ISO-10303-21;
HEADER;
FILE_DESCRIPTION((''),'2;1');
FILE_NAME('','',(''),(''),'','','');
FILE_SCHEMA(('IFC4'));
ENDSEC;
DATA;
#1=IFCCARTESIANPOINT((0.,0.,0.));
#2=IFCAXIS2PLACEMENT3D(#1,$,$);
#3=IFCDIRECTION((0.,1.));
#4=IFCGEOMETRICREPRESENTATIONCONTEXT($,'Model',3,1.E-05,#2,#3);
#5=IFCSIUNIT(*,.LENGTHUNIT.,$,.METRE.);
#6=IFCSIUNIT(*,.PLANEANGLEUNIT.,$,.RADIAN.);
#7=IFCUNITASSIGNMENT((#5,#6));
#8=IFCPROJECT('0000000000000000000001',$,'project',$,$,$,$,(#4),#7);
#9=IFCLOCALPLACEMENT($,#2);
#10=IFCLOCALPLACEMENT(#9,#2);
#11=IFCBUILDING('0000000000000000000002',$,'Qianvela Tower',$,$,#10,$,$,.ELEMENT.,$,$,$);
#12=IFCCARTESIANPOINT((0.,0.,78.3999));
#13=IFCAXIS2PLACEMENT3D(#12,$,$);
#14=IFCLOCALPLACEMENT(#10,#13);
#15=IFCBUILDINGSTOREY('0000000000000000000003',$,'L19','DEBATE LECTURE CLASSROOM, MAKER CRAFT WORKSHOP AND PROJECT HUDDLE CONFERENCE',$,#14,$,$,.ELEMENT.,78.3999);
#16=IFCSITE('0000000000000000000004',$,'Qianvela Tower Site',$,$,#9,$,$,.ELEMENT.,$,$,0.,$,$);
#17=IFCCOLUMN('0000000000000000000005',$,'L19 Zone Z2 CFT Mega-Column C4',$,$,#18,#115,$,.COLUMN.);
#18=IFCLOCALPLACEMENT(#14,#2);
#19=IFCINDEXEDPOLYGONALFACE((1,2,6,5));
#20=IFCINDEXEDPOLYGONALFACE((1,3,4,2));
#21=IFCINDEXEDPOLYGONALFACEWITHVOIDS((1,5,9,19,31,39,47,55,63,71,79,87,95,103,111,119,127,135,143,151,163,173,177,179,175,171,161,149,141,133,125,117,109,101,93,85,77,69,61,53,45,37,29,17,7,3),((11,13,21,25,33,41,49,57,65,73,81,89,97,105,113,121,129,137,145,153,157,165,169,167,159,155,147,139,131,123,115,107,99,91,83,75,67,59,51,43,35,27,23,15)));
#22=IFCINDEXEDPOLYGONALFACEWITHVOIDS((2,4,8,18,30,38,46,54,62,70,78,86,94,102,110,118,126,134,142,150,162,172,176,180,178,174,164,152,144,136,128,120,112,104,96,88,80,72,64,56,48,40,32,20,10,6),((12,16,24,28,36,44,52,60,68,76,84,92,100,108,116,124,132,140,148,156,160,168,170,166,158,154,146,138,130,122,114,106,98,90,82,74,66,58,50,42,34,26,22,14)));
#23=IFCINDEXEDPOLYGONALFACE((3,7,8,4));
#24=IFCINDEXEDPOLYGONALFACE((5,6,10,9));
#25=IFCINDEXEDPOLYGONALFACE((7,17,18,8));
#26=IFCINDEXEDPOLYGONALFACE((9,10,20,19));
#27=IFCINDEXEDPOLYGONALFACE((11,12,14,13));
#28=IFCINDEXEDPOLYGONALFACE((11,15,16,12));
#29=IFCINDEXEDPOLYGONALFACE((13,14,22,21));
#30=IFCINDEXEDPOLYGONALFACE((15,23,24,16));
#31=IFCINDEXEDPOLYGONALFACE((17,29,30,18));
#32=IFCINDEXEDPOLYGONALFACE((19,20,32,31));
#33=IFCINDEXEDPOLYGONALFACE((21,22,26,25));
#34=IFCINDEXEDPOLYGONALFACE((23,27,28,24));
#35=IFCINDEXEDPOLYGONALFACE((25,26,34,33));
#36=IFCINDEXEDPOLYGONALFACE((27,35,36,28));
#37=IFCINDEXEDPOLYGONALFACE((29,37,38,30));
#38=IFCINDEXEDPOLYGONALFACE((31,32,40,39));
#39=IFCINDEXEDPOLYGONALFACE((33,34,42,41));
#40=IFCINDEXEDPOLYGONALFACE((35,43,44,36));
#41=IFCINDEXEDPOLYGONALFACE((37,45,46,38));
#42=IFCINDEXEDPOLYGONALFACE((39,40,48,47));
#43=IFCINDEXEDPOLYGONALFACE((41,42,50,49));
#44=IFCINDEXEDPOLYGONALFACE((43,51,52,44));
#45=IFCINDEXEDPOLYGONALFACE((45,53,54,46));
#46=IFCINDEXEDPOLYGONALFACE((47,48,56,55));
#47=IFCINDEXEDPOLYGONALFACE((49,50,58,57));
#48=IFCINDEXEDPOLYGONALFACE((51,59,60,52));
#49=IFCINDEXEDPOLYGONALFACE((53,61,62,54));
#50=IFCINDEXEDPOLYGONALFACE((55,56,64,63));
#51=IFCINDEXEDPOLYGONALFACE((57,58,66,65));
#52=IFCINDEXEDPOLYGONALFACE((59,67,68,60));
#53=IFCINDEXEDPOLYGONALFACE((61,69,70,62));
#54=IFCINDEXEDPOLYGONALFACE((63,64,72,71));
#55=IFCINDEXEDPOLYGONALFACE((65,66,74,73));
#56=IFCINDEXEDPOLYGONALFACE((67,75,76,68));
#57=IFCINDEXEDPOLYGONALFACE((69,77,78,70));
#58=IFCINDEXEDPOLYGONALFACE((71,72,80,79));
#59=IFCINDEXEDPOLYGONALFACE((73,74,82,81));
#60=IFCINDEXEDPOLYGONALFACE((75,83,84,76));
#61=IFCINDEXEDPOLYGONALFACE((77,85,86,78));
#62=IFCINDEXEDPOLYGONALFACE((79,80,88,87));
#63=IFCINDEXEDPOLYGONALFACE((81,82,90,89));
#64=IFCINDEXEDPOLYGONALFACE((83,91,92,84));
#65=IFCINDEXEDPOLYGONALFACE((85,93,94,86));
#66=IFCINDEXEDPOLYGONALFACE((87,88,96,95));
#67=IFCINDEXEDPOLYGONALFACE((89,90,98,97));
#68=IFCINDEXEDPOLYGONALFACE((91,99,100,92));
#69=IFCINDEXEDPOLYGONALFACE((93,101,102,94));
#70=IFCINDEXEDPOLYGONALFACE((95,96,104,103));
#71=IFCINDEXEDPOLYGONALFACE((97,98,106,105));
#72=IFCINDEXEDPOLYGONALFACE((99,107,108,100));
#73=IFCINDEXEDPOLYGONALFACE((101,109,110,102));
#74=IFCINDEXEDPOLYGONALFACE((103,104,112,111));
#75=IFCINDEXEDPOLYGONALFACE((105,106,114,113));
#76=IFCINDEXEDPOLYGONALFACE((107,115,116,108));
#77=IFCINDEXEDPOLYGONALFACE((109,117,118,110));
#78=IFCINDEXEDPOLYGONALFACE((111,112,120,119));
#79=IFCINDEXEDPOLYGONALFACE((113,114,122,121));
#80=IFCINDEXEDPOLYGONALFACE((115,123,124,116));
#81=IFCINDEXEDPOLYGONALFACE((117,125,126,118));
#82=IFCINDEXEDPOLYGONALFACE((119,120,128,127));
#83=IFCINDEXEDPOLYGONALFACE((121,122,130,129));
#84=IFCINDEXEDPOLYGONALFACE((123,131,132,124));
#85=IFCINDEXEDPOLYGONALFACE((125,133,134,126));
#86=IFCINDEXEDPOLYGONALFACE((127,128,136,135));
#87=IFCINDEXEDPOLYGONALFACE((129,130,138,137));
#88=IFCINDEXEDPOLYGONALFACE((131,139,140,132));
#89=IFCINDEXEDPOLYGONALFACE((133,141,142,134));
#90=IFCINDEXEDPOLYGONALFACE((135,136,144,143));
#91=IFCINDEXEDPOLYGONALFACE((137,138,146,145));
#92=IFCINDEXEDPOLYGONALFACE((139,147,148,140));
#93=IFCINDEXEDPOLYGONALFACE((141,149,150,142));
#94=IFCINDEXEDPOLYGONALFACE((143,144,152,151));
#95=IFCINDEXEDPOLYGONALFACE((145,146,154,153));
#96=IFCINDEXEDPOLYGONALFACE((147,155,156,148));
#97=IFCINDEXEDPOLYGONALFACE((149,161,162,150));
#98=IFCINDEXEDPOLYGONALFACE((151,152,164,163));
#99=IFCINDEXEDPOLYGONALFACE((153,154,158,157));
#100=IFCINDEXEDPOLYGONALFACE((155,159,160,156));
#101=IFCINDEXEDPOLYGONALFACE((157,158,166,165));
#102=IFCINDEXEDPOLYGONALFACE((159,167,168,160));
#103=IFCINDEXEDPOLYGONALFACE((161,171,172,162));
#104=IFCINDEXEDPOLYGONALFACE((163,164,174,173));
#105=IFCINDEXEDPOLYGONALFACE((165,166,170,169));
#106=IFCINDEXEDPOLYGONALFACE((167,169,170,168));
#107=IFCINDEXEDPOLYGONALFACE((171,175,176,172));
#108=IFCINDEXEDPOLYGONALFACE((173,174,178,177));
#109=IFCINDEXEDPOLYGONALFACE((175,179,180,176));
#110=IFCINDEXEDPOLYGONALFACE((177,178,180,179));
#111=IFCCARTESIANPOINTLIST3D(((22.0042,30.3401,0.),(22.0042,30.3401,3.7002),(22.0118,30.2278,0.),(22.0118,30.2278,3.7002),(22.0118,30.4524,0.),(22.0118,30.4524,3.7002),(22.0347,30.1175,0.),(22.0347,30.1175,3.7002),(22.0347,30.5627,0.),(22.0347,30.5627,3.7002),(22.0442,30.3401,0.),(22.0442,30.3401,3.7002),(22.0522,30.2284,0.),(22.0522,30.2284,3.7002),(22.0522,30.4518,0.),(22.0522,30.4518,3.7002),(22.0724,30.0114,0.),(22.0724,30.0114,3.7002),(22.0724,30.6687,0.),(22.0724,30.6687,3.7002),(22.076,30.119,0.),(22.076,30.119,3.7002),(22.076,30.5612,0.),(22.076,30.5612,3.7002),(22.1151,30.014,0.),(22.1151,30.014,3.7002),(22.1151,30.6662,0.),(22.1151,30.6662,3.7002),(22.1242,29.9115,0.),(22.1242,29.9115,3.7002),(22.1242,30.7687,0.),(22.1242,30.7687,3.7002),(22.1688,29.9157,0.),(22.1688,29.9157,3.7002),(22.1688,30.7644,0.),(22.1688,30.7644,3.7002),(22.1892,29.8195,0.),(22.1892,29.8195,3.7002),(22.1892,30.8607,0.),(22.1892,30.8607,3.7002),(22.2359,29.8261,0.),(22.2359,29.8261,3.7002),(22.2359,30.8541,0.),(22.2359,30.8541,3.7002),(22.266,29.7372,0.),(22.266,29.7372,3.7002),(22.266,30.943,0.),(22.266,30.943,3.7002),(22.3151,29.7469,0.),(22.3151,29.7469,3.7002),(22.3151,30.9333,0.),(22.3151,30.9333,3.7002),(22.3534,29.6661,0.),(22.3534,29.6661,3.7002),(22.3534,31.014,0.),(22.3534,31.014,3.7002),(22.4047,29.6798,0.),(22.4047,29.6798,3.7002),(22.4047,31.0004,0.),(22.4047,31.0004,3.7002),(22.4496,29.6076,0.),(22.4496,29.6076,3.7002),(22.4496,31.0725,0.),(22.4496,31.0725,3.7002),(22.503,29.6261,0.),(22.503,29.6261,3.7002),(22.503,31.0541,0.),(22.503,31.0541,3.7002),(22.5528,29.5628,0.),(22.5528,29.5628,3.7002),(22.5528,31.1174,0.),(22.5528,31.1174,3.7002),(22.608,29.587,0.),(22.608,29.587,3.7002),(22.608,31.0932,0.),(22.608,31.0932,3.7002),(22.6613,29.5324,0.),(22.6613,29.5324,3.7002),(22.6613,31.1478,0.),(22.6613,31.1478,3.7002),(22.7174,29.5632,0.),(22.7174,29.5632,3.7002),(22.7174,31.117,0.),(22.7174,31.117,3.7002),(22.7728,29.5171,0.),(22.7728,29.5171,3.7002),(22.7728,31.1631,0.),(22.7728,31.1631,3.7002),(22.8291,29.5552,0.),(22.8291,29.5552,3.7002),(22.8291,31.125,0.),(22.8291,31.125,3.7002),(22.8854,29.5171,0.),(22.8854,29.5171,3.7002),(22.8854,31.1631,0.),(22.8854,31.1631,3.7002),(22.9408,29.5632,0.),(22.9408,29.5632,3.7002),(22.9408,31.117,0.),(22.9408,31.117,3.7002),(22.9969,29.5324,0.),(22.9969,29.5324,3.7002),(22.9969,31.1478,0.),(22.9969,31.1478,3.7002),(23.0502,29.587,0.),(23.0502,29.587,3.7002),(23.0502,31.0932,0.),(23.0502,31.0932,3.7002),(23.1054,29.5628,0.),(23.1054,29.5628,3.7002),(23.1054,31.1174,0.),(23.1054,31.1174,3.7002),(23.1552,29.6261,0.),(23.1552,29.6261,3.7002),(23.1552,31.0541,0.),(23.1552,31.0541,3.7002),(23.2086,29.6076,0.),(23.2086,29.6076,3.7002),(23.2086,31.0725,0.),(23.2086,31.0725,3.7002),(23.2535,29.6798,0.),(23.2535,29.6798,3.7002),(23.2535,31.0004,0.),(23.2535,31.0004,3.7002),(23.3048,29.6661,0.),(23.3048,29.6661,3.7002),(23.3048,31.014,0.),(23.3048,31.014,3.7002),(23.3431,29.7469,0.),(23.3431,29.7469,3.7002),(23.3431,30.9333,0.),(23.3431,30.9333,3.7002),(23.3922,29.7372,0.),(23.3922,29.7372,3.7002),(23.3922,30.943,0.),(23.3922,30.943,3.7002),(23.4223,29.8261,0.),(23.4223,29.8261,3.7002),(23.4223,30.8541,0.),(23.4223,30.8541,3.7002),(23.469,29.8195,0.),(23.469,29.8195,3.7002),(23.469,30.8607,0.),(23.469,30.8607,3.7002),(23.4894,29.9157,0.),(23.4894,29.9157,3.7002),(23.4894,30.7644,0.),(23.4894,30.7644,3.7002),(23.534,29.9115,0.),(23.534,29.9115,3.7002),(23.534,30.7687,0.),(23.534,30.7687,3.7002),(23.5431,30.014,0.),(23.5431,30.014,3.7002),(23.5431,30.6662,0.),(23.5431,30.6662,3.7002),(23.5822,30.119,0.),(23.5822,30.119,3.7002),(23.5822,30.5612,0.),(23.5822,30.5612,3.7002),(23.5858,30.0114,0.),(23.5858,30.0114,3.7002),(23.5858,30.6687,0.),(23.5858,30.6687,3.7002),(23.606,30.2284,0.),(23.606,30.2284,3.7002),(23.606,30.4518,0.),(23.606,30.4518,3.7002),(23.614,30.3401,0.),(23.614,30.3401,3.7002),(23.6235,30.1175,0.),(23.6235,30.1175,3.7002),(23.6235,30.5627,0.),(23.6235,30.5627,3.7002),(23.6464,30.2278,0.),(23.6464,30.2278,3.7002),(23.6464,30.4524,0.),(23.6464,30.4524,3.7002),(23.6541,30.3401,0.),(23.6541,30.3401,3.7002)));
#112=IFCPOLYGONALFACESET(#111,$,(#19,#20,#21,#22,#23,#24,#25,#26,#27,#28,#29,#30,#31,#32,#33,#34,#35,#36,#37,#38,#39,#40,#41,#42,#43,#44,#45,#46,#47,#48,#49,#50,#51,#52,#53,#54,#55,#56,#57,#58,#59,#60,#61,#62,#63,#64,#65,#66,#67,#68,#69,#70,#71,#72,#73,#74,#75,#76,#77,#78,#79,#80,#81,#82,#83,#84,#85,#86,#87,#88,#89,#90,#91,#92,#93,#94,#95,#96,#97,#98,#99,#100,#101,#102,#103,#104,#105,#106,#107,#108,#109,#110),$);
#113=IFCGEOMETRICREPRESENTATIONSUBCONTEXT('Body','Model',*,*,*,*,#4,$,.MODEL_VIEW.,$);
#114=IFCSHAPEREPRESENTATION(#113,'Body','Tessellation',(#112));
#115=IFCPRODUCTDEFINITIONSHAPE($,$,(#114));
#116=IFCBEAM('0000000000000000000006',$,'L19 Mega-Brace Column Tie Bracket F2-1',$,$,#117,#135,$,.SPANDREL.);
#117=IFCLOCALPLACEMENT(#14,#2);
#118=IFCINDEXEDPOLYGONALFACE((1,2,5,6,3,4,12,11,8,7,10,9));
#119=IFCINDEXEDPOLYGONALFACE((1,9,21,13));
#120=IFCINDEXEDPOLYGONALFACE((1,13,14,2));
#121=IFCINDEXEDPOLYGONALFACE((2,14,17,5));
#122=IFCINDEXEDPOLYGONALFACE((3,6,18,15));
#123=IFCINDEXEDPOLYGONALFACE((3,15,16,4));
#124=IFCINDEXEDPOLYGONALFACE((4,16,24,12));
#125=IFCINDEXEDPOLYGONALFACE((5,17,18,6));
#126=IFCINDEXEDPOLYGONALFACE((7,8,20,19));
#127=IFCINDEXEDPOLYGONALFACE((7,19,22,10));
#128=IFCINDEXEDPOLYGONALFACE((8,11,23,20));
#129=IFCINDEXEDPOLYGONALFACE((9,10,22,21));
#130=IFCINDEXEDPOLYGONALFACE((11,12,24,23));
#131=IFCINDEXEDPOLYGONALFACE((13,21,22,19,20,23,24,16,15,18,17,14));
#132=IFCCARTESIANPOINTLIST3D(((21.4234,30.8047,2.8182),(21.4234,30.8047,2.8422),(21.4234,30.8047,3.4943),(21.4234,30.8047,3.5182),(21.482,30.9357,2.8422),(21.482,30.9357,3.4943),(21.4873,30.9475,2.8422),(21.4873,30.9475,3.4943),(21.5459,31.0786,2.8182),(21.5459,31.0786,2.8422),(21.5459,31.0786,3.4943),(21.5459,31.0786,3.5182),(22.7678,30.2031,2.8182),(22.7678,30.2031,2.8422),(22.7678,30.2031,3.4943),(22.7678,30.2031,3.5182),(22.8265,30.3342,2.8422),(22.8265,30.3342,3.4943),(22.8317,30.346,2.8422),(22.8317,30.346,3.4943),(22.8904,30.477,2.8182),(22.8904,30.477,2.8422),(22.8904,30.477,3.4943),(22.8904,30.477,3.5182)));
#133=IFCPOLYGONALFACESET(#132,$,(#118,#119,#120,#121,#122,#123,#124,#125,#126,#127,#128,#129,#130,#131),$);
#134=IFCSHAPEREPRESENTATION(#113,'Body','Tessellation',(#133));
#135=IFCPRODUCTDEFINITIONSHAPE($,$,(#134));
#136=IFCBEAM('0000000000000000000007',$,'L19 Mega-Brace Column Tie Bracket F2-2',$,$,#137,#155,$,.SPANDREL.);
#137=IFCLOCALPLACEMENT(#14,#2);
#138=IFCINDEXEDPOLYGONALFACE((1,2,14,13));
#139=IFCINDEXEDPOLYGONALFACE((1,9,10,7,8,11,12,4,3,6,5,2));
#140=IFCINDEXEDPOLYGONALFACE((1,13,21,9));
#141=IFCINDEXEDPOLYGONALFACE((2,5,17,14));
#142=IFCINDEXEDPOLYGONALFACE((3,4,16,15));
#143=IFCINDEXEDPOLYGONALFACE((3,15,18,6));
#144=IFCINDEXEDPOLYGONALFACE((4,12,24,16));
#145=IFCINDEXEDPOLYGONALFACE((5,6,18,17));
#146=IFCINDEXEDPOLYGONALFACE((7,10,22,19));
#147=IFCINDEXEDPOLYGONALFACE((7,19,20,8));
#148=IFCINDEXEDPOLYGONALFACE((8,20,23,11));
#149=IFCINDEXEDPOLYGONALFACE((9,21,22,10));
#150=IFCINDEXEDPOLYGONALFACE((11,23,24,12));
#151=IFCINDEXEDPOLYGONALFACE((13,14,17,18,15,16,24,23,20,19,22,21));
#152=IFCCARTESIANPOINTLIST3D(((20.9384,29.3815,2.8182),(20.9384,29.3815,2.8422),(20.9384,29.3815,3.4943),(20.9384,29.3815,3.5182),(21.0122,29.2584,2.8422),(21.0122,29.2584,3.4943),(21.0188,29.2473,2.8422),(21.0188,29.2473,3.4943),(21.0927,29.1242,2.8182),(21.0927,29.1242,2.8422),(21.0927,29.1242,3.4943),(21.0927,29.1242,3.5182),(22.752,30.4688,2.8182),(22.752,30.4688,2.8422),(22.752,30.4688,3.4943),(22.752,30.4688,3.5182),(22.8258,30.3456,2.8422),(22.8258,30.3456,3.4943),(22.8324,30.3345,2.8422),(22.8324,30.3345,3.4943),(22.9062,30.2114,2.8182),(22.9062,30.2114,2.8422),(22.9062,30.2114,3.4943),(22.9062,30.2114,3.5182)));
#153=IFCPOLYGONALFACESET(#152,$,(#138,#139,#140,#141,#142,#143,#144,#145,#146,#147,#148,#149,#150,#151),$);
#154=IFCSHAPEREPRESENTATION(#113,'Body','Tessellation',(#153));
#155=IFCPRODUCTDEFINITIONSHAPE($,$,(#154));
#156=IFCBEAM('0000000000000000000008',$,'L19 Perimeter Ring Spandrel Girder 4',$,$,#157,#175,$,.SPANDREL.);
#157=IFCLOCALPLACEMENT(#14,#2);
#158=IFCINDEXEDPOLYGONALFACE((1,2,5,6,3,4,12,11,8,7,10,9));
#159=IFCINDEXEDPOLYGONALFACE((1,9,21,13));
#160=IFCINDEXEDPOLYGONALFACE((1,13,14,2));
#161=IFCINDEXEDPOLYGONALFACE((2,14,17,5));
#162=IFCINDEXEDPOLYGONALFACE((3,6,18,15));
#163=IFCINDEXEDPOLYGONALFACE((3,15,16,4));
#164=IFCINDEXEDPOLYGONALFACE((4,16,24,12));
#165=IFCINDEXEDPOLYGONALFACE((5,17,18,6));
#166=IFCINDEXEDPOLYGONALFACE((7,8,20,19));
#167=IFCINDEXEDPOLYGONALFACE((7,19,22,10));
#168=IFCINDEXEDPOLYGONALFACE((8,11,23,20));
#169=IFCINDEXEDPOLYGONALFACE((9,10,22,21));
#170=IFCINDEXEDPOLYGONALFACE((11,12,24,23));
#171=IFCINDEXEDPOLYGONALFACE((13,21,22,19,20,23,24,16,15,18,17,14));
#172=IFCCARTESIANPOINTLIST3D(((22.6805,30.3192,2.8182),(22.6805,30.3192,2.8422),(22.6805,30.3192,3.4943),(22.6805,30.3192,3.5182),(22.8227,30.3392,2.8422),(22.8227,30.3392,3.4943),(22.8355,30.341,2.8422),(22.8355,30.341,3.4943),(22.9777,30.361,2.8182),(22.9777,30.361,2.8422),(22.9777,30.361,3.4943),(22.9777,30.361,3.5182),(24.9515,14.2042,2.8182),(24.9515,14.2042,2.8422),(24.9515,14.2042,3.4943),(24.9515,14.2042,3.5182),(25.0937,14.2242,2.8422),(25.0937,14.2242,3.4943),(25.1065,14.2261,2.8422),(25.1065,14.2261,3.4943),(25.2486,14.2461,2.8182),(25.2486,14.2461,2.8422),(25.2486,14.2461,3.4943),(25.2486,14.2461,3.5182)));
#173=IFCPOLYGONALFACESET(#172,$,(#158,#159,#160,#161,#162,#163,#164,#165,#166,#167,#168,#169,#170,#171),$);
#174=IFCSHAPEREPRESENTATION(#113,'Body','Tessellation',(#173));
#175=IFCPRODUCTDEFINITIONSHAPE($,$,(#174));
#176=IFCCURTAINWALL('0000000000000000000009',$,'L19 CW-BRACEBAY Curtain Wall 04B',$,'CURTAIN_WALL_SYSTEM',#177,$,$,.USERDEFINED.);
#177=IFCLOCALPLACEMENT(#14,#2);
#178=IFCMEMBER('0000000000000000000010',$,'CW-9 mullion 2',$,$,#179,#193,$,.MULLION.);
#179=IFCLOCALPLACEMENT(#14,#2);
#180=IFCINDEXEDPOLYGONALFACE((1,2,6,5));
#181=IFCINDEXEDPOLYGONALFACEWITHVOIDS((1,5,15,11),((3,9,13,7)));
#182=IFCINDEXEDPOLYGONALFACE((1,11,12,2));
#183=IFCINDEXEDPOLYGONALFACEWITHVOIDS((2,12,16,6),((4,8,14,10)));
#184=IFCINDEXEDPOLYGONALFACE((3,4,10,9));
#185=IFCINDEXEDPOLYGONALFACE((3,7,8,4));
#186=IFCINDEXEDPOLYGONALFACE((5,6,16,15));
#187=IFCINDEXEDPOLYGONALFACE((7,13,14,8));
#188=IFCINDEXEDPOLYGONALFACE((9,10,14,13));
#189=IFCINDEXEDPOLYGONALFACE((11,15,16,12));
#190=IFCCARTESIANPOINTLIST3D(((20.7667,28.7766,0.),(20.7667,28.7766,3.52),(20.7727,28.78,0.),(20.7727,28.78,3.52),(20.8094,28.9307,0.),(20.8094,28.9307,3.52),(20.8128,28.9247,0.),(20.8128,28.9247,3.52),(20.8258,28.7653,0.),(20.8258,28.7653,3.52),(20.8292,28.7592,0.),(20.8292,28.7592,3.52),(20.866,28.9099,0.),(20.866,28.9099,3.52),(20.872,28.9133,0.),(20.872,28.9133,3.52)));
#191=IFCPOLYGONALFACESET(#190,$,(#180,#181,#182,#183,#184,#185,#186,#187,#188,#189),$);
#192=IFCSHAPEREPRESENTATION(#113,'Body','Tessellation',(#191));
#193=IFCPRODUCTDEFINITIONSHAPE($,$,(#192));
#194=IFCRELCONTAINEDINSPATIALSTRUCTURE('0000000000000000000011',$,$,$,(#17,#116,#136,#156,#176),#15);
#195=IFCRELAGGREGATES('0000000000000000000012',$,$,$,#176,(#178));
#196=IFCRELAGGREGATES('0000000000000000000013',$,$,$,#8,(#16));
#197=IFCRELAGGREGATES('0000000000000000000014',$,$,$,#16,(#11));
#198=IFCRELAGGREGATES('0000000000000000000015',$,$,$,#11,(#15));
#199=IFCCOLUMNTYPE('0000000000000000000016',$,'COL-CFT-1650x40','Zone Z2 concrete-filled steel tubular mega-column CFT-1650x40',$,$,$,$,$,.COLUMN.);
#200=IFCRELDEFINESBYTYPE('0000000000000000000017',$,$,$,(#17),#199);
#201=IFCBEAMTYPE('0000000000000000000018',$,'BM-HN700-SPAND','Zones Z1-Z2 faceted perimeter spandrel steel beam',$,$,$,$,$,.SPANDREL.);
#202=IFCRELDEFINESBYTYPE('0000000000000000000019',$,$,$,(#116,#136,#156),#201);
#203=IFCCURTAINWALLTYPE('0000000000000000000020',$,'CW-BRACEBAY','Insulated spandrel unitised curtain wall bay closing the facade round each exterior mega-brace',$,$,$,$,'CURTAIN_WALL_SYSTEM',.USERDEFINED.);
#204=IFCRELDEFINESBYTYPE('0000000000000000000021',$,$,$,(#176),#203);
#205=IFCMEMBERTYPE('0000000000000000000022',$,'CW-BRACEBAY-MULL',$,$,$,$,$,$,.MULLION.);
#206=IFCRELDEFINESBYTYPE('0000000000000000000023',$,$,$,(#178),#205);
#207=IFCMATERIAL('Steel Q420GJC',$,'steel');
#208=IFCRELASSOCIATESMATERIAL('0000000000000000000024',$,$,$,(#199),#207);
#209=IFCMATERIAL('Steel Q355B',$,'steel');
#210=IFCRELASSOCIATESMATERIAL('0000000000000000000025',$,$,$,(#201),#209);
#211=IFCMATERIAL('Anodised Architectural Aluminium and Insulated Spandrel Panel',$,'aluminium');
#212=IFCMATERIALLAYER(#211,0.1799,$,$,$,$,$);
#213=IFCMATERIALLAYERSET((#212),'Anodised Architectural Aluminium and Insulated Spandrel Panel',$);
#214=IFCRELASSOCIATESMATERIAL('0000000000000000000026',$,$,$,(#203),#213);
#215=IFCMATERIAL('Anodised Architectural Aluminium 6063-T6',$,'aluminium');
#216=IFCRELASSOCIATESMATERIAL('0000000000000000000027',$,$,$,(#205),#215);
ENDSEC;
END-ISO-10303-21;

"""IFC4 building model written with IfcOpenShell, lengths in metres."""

from ifc_helpers import new_model, si_unit, direction, frame, origin, origin_2d, place, context, subcontext, project, spatial, hollow_rectangle, hollow_circle, i_section, extrude, material, layer, layer_set, material_profile, profile_set, type_object, element, aggregate, save


model = new_model("IFC4")

# Units and contexts
model_context = context("Model", 3, precision=1e-05, world=origin(), true_north=direction((0.0, 1.0)))
body_context = subcontext(model_context, "Body", "Model", "MODEL_VIEW")
ifc_project = project(units=[si_unit("LENGTHUNIT", "METRE"), si_unit("PLANEANGLEUNIT", "RADIAN")], contexts=[model_context])

# Site, building, storey
site_placement = place(None, origin())
site = spatial("IfcSite", under=ifc_project, at=site_placement, Name="Qianvela Tower Site", CompositionType="ELEMENT", RefElevation=0.0)
building_placement = place(site_placement, origin())
building = spatial("IfcBuilding", under=site, at=building_placement, Name="Qianvela Tower", CompositionType="ELEMENT")
storey_placement = place(building_placement, frame((0.0, 0.0, 78.3999)))
storey = spatial("IfcBuildingStorey", under=building, at=storey_placement, Name="L19", Description="DEBATE LECTURE CLASSROOM, MAKER CRAFT WORKSHOP AND PROJECT HUDDLE CONFERENCE", CompositionType="ELEMENT", Elevation=78.3999)

# Column
ifc_material_1 = material(Name="Steel Q420GJC", Category="steel")
ifc_material_profile_1 = material_profile(ifc_material_1, hollow_circle(Radius=0.825, WallThickness=0.04, at=origin_2d()), Name="CFT-1650x40")
ifc_profile_set_1 = profile_set([ifc_material_profile_1], Name="Steel Q420GJC")
column_type = type_object("IfcColumnType", Name="COL-CFT-1650x40", Description="Zone Z2 concrete-filled steel tubular mega-column CFT-1650x40", PredefinedType="COLUMN", material=ifc_profile_set_1)
column_placement = place(storey_placement, frame((22.8291, 30.3401, 0.0), z_axis=(0.0, 0.0, 1.0), x_axis=(1.0, 0.0, 0.0)))
element("IfcColumn", 1, at=column_placement, inside=storey, type_object=column_type, Name="L19 Zone Z2 CFT Mega-Column C4", PredefinedType="COLUMN", context=body_context, shape_type="SweptSolid", body=[
    extrude(hollow_circle(Radius=0.825, WallThickness=0.04, at=origin_2d()), origin(), (0.0, 0.0, 1.0), 3.7002),
])

# Beams
ifc_material_2 = material(Name="Steel Q355B", Category="steel")
ifc_material_profile_2 = material_profile(ifc_material_2, i_section(OverallWidth=0.3, OverallDepth=0.7, WebThickness=0.0129, FlangeThickness=0.0239, at=origin_2d()), Name="HN700x300x13x24")
ifc_profile_set_2 = profile_set([ifc_material_profile_2], Name="Steel Q355B")
beam_type = type_object("IfcBeamType", Name="BM-HN700-SPAND", Description="Zones Z1-Z2 faceted perimeter spandrel steel beam", PredefinedType="SPANDREL", material=ifc_profile_set_2)
beam_1_placement = place(storey_placement, frame((22.8291, 30.3401, 3.1682), z_axis=(-0.912797, 0.408413, 0.0), x_axis=(-0.408413, -0.912797, 0.0)))
element("IfcBeam", 2, at=beam_1_placement, inside=storey, type_object=beam_type, Name="L19 Mega-Brace Column Tie Bracket F2-1", PredefinedType="SPANDREL", context=body_context, shape_type="SweptSolid", body=[
    extrude(i_section(OverallWidth=0.3, OverallDepth=0.7, WebThickness=0.0129, FlangeThickness=0.0239, at=origin_2d()), origin(), (0.0, 0.0, 1.0), 1.4729),
])
beam_2_placement = place(storey_placement, frame((22.8291, 30.3401, 3.1682), z_axis=(-0.857686, -0.514173, 0.0), x_axis=(0.514173, -0.857686, 0.0)))
element("IfcBeam", 3, at=beam_2_placement, inside=storey, type_object=beam_type, Name="L19 Mega-Brace Column Tie Bracket F2-2", PredefinedType="SPANDREL", context=body_context, shape_type="SweptSolid", body=[
    extrude(i_section(OverallWidth=0.3, OverallDepth=0.7, WebThickness=0.0129, FlangeThickness=0.0239, at=origin_2d()), origin(), (0.0, 0.0, 1.0), 2.1145),
])
beam_3_placement = place(storey_placement, frame((22.8291, 30.3401, 3.1682), z_axis=(0.139546, -0.990216, 0.0), x_axis=(0.990216, 0.139546, 0.0)))
element("IfcBeam", 4, at=beam_3_placement, inside=storey, type_object=beam_type, Name="L19 Perimeter Ring Spandrel Girder 4", PredefinedType="SPANDREL", context=body_context, shape_type="SweptSolid", body=[
    extrude(i_section(OverallWidth=0.3, OverallDepth=0.7, WebThickness=0.0129, FlangeThickness=0.0239, at=origin_2d()), origin(), (0.0, 0.0, 1.0), 16.2742),
])

# Curtain wall, member
ifc_material_3 = material(Name="Anodised Architectural Aluminium and Insulated Spandrel Panel", Category="aluminium")
ifc_layer_1 = layer(ifc_material_3, 0.1799)
ifc_layer_set_1 = layer_set([ifc_layer_1], Name="Anodised Architectural Aluminium and Insulated Spandrel Panel")
curtain_wall_type_1 = type_object("IfcCurtainWallType", Name="CW-BRACEBAY", Description="Insulated spandrel unitised curtain wall bay closing the facade round each exterior mega-brace", ElementType="CURTAIN_WALL_SYSTEM", PredefinedType="USERDEFINED", material=ifc_layer_set_1)
curtain_wall_1_placement = place(storey_placement, origin())
curtain_wall_1 = element("IfcCurtainWall", 5, at=curtain_wall_1_placement, inside=storey, type_object=curtain_wall_type_1, Name="L19 CW-BRACEBAY Curtain Wall 04B", ObjectType="CURTAIN_WALL_SYSTEM", PredefinedType="USERDEFINED")
ifc_material_4 = material(Name="Anodised Architectural Aluminium 6063-T6", Category="aluminium")
ifc_material_profile_3 = material_profile(ifc_material_4, hollow_rectangle(XDim=0.0649, YDim=0.1599, WallThickness=0.0049, at=origin_2d()), Name="ALU-MULL-65x160")
ifc_profile_set_3 = profile_set([ifc_material_profile_3], Name="Anodised Architectural Aluminium 6063-T6")
member_type_1 = type_object("IfcMemberType", Name="CW-BRACEBAY-MULL", PredefinedType="MULLION", material=ifc_profile_set_3)
member_1_placement = place(storey_placement, frame((20.8193, 28.845, 0.0), z_axis=(0.0, 0.0, 1.0), x_axis=(0.963538, -0.267573, 0.0)))
member_1 = element("IfcMember", 6, at=member_1_placement, type_object=member_type_1, Name="CW-9 mullion 2", PredefinedType="MULLION", context=body_context, shape_type="SweptSolid", body=[
    extrude(hollow_rectangle(XDim=0.0649, YDim=0.1599, WallThickness=0.0049, at=origin_2d()), origin(), (0.0, 0.0, 1.0), 3.52),
])

aggregate(curtain_wall_1, [member_1])

save(model, "model.ifc")
